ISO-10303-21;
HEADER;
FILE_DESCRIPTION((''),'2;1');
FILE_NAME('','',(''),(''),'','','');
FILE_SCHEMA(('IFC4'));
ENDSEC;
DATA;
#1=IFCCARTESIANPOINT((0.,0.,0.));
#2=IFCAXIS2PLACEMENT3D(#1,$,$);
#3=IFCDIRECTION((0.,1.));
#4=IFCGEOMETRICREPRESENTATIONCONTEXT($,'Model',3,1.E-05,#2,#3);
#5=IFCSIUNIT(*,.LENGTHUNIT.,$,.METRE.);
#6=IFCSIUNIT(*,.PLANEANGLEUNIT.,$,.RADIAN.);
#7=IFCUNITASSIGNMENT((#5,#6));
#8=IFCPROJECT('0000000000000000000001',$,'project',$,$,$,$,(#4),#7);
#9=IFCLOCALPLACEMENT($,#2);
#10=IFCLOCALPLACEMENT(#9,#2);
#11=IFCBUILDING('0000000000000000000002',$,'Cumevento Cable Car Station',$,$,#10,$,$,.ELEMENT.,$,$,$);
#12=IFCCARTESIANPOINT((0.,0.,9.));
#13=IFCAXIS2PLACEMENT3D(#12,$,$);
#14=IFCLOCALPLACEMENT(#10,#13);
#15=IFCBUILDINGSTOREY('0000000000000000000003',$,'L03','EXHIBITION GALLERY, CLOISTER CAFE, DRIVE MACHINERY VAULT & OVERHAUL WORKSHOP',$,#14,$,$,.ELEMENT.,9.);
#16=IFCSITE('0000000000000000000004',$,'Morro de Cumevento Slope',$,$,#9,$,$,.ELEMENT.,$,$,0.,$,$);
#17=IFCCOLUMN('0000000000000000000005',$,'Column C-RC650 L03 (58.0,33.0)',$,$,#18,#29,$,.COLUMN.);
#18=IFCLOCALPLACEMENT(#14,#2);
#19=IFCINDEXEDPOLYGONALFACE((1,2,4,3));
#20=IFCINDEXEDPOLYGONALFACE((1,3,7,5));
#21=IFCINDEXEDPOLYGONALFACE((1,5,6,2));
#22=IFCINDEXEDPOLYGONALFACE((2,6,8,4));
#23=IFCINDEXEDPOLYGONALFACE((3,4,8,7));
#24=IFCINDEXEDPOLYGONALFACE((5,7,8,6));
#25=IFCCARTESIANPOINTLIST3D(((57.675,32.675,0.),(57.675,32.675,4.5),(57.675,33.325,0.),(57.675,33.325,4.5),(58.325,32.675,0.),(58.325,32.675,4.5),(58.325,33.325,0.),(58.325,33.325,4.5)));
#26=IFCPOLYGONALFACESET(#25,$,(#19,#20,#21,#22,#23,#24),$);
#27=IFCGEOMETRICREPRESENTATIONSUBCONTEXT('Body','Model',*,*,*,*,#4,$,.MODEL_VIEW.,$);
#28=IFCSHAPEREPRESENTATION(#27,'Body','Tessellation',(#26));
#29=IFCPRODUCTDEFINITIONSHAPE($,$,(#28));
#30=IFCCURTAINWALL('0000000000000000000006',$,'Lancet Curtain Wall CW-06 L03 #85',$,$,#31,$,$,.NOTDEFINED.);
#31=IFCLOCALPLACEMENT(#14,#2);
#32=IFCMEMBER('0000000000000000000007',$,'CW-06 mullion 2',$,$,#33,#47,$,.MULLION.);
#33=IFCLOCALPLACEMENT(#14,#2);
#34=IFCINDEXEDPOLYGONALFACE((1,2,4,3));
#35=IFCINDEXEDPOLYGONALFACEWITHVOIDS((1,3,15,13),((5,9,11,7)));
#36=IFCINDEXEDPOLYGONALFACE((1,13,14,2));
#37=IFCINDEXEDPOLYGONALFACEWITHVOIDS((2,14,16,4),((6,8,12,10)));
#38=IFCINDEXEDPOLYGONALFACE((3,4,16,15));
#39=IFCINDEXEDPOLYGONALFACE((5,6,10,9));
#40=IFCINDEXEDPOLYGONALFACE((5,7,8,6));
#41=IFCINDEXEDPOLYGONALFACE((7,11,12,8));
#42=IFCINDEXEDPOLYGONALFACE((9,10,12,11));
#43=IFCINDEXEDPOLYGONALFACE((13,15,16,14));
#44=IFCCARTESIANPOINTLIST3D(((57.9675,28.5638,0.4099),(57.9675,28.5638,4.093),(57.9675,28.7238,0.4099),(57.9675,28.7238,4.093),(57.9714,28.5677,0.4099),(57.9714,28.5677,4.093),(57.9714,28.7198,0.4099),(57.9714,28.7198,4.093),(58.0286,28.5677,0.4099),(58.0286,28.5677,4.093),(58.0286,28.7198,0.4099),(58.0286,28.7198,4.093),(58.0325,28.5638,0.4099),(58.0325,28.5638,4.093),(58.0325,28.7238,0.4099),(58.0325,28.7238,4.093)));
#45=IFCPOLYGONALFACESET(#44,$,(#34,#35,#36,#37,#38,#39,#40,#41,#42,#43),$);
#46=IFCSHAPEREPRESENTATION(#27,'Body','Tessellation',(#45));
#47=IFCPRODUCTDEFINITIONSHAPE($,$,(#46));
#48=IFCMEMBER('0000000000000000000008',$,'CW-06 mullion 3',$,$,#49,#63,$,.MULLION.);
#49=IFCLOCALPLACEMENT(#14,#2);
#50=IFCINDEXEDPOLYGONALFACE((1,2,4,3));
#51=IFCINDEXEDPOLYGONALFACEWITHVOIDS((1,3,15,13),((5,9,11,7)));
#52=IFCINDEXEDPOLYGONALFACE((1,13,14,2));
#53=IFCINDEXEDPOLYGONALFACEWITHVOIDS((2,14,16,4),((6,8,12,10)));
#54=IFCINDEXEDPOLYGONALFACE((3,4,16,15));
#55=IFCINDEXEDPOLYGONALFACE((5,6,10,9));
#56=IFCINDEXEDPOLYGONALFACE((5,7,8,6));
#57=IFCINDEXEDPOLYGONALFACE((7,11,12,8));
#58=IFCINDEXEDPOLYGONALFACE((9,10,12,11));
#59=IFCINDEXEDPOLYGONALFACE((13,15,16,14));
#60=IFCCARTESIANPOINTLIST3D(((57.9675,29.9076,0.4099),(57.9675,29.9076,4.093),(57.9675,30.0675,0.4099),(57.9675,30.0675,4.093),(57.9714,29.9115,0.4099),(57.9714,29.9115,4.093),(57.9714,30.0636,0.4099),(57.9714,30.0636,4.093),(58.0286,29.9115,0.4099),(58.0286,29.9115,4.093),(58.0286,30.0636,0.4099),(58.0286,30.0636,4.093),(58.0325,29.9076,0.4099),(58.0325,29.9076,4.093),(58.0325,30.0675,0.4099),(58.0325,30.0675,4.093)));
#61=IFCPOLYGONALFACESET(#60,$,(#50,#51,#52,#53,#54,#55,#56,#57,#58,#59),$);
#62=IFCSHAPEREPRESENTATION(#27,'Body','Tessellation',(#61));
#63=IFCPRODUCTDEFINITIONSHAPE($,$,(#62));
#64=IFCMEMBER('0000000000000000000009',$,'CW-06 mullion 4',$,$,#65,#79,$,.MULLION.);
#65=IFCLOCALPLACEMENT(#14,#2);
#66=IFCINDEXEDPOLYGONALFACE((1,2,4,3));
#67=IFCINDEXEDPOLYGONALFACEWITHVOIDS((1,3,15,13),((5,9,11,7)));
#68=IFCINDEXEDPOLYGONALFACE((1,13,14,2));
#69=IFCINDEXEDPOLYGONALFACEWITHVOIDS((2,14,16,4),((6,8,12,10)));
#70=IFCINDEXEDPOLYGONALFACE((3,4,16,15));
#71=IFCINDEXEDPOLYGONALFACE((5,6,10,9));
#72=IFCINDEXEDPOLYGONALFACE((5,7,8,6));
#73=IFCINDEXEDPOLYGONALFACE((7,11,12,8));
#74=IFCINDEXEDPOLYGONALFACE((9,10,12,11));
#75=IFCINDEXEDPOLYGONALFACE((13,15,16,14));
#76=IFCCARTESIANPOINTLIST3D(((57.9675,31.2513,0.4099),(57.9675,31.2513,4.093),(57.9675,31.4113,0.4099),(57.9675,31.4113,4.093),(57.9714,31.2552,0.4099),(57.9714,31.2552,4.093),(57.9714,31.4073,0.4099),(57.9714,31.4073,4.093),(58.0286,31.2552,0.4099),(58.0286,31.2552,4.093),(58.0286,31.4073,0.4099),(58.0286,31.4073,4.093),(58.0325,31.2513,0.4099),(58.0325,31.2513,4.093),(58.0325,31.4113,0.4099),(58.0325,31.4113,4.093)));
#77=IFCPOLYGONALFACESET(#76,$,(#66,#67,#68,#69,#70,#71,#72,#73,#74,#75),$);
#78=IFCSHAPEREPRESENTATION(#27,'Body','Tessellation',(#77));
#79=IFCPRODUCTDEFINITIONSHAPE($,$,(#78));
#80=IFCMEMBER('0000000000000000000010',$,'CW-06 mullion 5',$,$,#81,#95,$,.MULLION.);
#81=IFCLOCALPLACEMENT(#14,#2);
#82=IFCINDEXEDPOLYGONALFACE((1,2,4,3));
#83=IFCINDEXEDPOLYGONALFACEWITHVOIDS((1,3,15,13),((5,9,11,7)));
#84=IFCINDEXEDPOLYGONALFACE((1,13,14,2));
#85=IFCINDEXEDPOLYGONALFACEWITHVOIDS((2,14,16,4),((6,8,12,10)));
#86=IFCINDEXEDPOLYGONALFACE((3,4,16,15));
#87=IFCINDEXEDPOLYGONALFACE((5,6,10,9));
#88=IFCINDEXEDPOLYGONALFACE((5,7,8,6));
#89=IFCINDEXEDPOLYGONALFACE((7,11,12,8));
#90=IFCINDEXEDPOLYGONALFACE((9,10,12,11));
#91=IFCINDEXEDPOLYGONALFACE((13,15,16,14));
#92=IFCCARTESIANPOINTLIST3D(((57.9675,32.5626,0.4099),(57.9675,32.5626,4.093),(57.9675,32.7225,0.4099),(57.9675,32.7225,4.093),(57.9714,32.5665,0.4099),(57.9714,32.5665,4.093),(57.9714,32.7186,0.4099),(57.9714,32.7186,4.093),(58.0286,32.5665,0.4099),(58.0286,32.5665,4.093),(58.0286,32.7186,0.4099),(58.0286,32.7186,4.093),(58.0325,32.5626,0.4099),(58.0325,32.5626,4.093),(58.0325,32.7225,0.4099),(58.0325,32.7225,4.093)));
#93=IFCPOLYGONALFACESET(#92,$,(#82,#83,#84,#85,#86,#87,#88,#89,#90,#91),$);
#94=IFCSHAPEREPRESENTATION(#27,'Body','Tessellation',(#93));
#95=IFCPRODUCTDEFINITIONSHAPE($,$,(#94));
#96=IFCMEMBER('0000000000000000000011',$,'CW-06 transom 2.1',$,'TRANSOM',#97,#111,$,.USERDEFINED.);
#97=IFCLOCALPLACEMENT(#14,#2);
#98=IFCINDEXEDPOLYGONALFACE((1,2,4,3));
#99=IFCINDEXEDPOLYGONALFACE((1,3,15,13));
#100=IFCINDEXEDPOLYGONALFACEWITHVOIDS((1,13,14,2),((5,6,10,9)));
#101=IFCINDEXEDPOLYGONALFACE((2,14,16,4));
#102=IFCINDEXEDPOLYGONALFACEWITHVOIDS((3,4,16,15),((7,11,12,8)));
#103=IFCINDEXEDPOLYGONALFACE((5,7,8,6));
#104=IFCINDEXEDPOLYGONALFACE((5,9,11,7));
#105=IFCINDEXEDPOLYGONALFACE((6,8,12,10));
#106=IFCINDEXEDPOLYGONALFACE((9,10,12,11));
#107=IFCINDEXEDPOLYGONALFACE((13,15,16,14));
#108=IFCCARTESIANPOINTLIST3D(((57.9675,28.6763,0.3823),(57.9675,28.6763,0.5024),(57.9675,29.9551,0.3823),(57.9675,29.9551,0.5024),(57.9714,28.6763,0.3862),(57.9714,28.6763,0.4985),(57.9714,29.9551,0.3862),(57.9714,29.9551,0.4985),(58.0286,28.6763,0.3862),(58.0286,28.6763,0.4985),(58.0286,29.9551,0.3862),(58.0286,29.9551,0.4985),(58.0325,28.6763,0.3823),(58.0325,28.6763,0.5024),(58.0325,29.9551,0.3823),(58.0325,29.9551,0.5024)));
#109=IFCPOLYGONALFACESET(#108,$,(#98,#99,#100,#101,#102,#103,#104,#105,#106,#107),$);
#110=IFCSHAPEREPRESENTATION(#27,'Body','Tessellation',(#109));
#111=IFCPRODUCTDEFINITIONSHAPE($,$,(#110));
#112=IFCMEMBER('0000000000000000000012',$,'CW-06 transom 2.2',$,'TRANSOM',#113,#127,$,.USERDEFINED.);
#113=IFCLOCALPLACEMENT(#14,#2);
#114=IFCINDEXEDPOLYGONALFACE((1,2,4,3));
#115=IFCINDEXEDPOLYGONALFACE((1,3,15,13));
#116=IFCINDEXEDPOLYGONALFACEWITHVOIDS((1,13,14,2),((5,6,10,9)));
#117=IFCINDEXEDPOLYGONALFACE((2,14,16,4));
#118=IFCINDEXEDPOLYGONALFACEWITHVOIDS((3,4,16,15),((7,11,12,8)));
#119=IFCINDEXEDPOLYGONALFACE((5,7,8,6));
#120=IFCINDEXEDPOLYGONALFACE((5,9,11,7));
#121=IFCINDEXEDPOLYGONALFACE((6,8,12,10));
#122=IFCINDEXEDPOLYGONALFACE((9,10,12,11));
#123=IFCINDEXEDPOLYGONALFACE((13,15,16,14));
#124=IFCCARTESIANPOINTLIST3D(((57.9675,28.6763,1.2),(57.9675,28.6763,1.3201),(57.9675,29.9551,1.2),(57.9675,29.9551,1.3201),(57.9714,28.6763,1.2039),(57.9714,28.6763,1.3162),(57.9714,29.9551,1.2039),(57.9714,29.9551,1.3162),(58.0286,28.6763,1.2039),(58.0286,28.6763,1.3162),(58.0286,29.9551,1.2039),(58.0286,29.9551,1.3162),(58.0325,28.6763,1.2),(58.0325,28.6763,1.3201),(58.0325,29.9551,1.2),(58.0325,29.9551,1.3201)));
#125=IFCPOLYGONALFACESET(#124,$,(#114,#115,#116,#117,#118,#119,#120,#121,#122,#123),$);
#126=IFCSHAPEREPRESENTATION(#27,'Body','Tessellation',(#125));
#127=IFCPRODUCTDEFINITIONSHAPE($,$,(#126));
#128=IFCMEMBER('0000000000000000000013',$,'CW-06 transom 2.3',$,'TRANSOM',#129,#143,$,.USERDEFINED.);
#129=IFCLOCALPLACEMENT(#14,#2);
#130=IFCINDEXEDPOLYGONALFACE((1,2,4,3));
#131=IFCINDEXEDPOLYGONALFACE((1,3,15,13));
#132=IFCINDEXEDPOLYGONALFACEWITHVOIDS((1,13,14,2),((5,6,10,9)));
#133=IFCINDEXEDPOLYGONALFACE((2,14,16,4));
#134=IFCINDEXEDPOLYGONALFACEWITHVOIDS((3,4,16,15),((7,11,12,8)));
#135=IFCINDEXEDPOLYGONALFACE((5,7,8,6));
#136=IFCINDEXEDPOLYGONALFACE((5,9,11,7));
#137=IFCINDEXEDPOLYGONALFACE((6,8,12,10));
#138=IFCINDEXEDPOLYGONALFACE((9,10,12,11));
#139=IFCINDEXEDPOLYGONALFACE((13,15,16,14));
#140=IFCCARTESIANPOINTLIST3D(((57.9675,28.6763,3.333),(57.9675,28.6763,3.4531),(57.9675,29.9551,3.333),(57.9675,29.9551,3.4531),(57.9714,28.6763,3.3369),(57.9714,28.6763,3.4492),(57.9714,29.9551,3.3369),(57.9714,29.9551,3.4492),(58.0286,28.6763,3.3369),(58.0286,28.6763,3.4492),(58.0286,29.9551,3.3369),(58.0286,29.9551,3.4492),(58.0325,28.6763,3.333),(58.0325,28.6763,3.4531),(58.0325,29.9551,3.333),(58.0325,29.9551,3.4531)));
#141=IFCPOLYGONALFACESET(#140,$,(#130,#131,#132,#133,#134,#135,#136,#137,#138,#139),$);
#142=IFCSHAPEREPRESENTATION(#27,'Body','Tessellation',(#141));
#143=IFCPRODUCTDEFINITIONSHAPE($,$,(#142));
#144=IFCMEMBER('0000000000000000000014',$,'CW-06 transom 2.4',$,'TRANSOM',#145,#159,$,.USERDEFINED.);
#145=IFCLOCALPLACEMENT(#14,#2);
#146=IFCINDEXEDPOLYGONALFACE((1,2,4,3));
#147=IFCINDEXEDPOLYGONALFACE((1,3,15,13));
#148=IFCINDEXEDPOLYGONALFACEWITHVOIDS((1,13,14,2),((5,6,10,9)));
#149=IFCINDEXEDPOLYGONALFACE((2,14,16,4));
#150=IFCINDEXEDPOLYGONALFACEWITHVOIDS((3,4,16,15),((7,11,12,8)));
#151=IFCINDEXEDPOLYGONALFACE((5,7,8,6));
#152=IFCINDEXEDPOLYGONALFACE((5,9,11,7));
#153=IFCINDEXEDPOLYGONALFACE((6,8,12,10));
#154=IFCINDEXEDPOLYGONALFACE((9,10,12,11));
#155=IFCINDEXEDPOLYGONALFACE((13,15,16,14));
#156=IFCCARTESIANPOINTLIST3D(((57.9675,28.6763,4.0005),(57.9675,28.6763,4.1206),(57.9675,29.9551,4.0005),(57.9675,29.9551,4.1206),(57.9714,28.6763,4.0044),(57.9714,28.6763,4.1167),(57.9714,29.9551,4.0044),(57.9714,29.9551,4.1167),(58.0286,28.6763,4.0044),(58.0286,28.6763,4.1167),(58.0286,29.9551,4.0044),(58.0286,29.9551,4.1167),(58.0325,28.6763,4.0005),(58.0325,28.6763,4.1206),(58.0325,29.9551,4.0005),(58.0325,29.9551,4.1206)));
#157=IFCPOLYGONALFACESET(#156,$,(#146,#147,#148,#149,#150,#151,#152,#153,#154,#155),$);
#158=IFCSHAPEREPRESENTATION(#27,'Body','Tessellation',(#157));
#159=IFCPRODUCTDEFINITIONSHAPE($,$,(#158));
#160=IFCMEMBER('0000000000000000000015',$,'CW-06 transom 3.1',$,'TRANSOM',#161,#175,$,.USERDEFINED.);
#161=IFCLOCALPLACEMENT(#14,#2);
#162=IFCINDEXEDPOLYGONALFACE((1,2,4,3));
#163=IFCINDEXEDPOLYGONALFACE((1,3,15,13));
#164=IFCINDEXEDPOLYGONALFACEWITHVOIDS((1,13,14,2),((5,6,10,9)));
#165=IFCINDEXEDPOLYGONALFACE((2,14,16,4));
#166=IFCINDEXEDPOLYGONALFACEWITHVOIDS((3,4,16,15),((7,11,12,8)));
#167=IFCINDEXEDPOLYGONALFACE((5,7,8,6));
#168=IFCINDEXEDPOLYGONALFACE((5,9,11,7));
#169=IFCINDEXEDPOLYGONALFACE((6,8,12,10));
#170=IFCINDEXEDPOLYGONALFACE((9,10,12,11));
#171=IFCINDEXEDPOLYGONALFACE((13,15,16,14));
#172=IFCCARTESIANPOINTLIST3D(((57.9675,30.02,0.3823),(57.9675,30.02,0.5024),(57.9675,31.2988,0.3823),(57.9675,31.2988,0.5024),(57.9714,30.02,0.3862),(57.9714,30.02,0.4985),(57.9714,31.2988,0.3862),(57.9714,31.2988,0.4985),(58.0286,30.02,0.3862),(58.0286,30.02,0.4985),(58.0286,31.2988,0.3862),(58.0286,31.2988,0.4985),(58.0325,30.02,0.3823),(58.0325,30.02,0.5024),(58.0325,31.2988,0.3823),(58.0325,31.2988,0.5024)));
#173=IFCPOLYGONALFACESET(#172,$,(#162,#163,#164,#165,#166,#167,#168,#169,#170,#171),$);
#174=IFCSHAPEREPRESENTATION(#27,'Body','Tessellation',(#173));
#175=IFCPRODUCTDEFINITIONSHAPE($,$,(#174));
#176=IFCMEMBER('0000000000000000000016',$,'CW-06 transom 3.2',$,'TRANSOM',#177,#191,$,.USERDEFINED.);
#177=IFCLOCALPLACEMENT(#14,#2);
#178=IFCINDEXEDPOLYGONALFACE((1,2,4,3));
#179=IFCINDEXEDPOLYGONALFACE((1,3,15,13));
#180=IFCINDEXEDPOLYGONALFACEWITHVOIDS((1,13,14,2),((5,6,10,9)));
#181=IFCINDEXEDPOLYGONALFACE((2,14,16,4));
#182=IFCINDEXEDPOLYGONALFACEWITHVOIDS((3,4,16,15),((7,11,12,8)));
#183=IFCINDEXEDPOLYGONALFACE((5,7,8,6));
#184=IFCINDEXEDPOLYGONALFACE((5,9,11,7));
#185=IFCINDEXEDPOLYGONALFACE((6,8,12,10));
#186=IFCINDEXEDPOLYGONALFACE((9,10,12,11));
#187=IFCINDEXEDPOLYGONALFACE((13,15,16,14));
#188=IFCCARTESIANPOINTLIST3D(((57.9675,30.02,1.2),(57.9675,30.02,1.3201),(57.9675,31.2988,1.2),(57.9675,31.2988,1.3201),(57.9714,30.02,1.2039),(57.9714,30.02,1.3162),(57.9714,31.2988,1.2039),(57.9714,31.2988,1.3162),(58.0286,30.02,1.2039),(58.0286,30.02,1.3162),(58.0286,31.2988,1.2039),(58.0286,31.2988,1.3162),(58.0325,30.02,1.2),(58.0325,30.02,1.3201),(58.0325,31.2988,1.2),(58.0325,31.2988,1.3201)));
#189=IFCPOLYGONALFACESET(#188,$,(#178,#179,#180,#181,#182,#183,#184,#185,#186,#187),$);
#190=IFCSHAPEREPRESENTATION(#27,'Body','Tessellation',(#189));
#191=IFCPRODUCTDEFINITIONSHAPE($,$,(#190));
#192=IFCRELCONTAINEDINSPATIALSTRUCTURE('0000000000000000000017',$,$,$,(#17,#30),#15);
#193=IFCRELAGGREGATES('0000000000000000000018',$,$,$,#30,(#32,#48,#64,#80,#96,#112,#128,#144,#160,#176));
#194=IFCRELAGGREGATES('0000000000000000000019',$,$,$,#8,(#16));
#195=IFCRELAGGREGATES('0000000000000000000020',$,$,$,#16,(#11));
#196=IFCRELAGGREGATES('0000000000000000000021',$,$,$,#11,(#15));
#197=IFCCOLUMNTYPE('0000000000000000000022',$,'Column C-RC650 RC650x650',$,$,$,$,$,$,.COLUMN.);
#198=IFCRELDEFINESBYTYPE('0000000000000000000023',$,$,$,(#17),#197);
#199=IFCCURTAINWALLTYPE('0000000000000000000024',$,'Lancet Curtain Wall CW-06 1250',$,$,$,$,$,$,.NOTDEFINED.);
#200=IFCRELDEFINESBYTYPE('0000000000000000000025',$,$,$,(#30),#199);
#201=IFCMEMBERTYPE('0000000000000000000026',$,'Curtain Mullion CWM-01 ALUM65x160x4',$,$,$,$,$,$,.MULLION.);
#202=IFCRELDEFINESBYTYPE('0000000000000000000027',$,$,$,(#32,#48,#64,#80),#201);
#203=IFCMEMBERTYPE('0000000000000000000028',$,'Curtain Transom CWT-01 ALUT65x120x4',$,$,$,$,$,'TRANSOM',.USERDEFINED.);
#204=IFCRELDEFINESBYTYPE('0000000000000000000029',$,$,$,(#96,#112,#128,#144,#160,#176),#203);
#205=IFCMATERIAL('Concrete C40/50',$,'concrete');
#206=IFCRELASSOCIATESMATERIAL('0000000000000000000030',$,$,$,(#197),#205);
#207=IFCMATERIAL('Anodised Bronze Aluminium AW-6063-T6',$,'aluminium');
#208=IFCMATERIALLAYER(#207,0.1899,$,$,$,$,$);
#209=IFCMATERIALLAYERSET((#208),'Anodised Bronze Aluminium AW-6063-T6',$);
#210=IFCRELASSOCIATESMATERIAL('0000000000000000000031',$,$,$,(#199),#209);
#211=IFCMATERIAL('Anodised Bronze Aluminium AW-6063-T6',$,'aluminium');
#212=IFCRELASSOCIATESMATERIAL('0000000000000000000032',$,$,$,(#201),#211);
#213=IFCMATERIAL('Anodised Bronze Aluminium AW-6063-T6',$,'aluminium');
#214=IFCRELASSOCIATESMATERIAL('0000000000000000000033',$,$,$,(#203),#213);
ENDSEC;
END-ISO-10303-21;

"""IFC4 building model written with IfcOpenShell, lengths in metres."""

from ifc_helpers import new_model, si_unit, direction, frame, origin, origin_2d, place, context, subcontext, project, spatial, rectangle, hollow_rectangle, extrude, material, layer, layer_set, material_profile, profile_set, type_object, element, aggregate, save


model = new_model("IFC4")

# Units and contexts
model_context = context("Model", 3, precision=1e-05, world=origin(), true_north=direction((0.0, 1.0)))
body_context = subcontext(model_context, "Body", "Model", "MODEL_VIEW")
ifc_project = project(units=[si_unit("LENGTHUNIT", "METRE"), si_unit("PLANEANGLEUNIT", "RADIAN")], contexts=[model_context])

# Site, building, storey
site_placement = place(None, origin())
site = spatial("IfcSite", under=ifc_project, at=site_placement, Name="Morro de Cumevento Slope", CompositionType="ELEMENT", RefElevation=0.0)
building_placement = place(site_placement, origin())
building = spatial("IfcBuilding", under=site, at=building_placement, Name="Cumevento Cable Car Station", CompositionType="ELEMENT")
storey_placement = place(building_placement, frame((0.0, 0.0, 9.0)))
storey = spatial("IfcBuildingStorey", under=building, at=storey_placement, Name="L03", Description="EXHIBITION GALLERY, CLOISTER CAFE, DRIVE MACHINERY VAULT & OVERHAUL WORKSHOP", CompositionType="ELEMENT", Elevation=9.0)

# Column
ifc_material_1 = material(Name="Concrete C40/50", Category="concrete")
ifc_material_profile_1 = material_profile(ifc_material_1, rectangle(XDim=0.6499, YDim=0.6499, at=origin_2d()), Name="RC650x650")
ifc_profile_set_1 = profile_set([ifc_material_profile_1], Name="Concrete C40/50")
column_type = type_object("IfcColumnType", Name="Column C-RC650 RC650x650", PredefinedType="COLUMN", material=ifc_profile_set_1)
column_placement = place(storey_placement, frame((58.0, 33.0, 0.0), z_axis=(0.0, 0.0, 1.0), x_axis=(1.0, 0.0, 0.0)))
element("IfcColumn", 1, at=column_placement, inside=storey, type_object=column_type, Name="Column C-RC650 L03 (58.0,33.0)", PredefinedType="COLUMN", context=body_context, shape_type="SweptSolid", body=[
    extrude(rectangle(XDim=0.6499, YDim=0.6499, at=origin_2d()), origin(), (0.0, 0.0, 1.0), 4.5),
])

# Curtain wall, members
ifc_material_2 = material(Name="Anodised Bronze Aluminium AW-6063-T6", Category="aluminium")
ifc_layer_1 = layer(ifc_material_2, 0.1899)
ifc_layer_set_1 = layer_set([ifc_layer_1], Name="Anodised Bronze Aluminium AW-6063-T6")
curtain_wall_type = type_object("IfcCurtainWallType", Name="Lancet Curtain Wall CW-06 1250", PredefinedType="NOTDEFINED", material=ifc_layer_set_1)
curtain_wall_placement = place(storey_placement, origin())
curtain_wall = element("IfcCurtainWall", 2, at=curtain_wall_placement, inside=storey, type_object=curtain_wall_type, Name="Lancet Curtain Wall CW-06 L03 #85", PredefinedType="NOTDEFINED")
ifc_material_3 = material(Name="Anodised Bronze Aluminium AW-6063-T6", Category="aluminium")
ifc_material_profile_2 = material_profile(ifc_material_3, hollow_rectangle(XDim=0.0649, YDim=0.1599, WallThickness=0.0039, at=origin_2d()), Name="ALUM65x160x4")
ifc_profile_set_2 = profile_set([ifc_material_profile_2], Name="Anodised Bronze Aluminium AW-6063-T6")
member_type_1 = type_object("IfcMemberType", Name="Curtain Mullion CWM-01 ALUM65x160x4", PredefinedType="MULLION", material=ifc_profile_set_2)
member_1_placement = place(storey_placement, frame((58.0, 28.6438, 0.4099), z_axis=(0.0, 0.0, 1.0), x_axis=(-1.0, 0.0, 0.0)))
member_1 = element("IfcMember", 3, at=member_1_placement, type_object=member_type_1, Name="CW-06 mullion 2", PredefinedType="MULLION", context=body_context, shape_type="SweptSolid", body=[
    extrude(hollow_rectangle(XDim=0.0649, YDim=0.1599, WallThickness=0.0039, at=origin_2d()), origin(), (0.0, 0.0, 1.0), 3.6831),
])
member_2_placement = place(storey_placement, frame((58.0, 29.9875, 0.4099), z_axis=(0.0, 0.0, 1.0), x_axis=(-1.0, 0.0, 0.0)))
member_2 = element("IfcMember", 4, at=member_2_placement, type_object=member_type_1, Name="CW-06 mullion 3", PredefinedType="MULLION", context=body_context, shape_type="SweptSolid", body=[
    extrude(hollow_rectangle(XDim=0.0649, YDim=0.1599, WallThickness=0.0039, at=origin_2d()), origin(), (0.0, 0.0, 1.0), 3.6831),
])
member_3_placement = place(storey_placement, frame((58.0, 31.3313, 0.4099), z_axis=(0.0, 0.0, 1.0), x_axis=(-1.0, 0.0, 0.0)))
member_3 = element("IfcMember", 5, at=member_3_placement, type_object=member_type_1, Name="CW-06 mullion 4", PredefinedType="MULLION", context=body_context, shape_type="SweptSolid", body=[
    extrude(hollow_rectangle(XDim=0.0649, YDim=0.1599, WallThickness=0.0039, at=origin_2d()), origin(), (0.0, 0.0, 1.0), 3.6831),
])
member_4_placement = place(storey_placement, frame((58.0, 32.6426, 0.4099), z_axis=(0.0, 0.0, 1.0), x_axis=(-1.0, 0.0, 0.0)))
member_4 = element("IfcMember", 6, at=member_4_placement, type_object=member_type_1, Name="CW-06 mullion 5", PredefinedType="MULLION", context=body_context, shape_type="SweptSolid", body=[
    extrude(hollow_rectangle(XDim=0.0649, YDim=0.1599, WallThickness=0.0039, at=origin_2d()), origin(), (0.0, 0.0, 1.0), 3.6831),
])
ifc_material_4 = material(Name="Anodised Bronze Aluminium AW-6063-T6", Category="aluminium")
ifc_material_profile_3 = material_profile(ifc_material_4, hollow_rectangle(XDim=0.0649, YDim=0.1201, WallThickness=0.0039, at=origin_2d()), Name="ALUT65x120x4")
ifc_profile_set_3 = profile_set([ifc_material_profile_3], Name="Anodised Bronze Aluminium AW-6063-T6")
member_type_2 = type_object("IfcMemberType", Name="Curtain Transom CWT-01 ALUT65x120x4", ElementType="TRANSOM", PredefinedType="USERDEFINED", material=ifc_profile_set_3)
member_5_placement = place(storey_placement, frame((58.0, 28.6763, 0.4424), z_axis=(0.0, 1.0, 0.0), x_axis=(-1.0, 0.0, 0.0)))
member_5 = element("IfcMember", 7, at=member_5_placement, type_object=member_type_2, Name="CW-06 transom 2.1", ObjectType="TRANSOM", PredefinedType="USERDEFINED", context=body_context, shape_type="SweptSolid", body=[
    extrude(hollow_rectangle(XDim=0.0649, YDim=0.1201, WallThickness=0.0039, at=origin_2d()), origin(), (0.0, 0.0, 1.0), 1.2788),
])
member_6_placement = place(storey_placement, frame((58.0, 28.6763, 1.26), z_axis=(0.0, 1.0, 0.0), x_axis=(-1.0, 0.0, 0.0)))
member_6 = element("IfcMember", 8, at=member_6_placement, type_object=member_type_2, Name="CW-06 transom 2.2", ObjectType="TRANSOM", PredefinedType="USERDEFINED", context=body_context, shape_type="SweptSolid", body=[
    extrude(hollow_rectangle(XDim=0.0649, YDim=0.1201, WallThickness=0.0039, at=origin_2d()), origin(), (0.0, 0.0, 1.0), 1.2788),
])
member_7_placement = place(storey_placement, frame((58.0, 28.6763, 3.3931), z_axis=(0.0, 1.0, 0.0), x_axis=(-1.0, 0.0, 0.0)))
member_7 = element("IfcMember", 9, at=member_7_placement, type_object=member_type_2, Name="CW-06 transom 2.3", ObjectType="TRANSOM", PredefinedType="USERDEFINED", context=body_context, shape_type="SweptSolid", body=[
    extrude(hollow_rectangle(XDim=0.0649, YDim=0.1201, WallThickness=0.0039, at=origin_2d()), origin(), (0.0, 0.0, 1.0), 1.2788),
])
member_8_placement = place(storey_placement, frame((58.0, 28.6763, 4.0605), z_axis=(0.0, 1.0, 0.0), x_axis=(-1.0, 0.0, 0.0)))
member_8 = element("IfcMember", 10, at=member_8_placement, type_object=member_type_2, Name="CW-06 transom 2.4", ObjectType="TRANSOM", PredefinedType="USERDEFINED", context=body_context, shape_type="SweptSolid", body=[
    extrude(hollow_rectangle(XDim=0.0649, YDim=0.1201, WallThickness=0.0039, at=origin_2d()), origin(), (0.0, 0.0, 1.0), 1.2788),
])
member_9_placement = place(storey_placement, frame((58.0, 30.02, 0.4424), z_axis=(0.0, 1.0, 0.0), x_axis=(-1.0, 0.0, 0.0)))
member_9 = element("IfcMember", 11, at=member_9_placement, type_object=member_type_2, Name="CW-06 transom 3.1", ObjectType="TRANSOM", PredefinedType="USERDEFINED", context=body_context, shape_type="SweptSolid", body=[
    extrude(hollow_rectangle(XDim=0.0649, YDim=0.1201, WallThickness=0.0039, at=origin_2d()), origin(), (0.0, 0.0, 1.0), 1.2788),
])
member_10_placement = place(storey_placement, frame((58.0, 30.02, 1.26), z_axis=(0.0, 1.0, 0.0), x_axis=(-1.0, 0.0, 0.0)))
member_10 = element("IfcMember", 12, at=member_10_placement, type_object=member_type_2, Name="CW-06 transom 3.2", ObjectType="TRANSOM", PredefinedType="USERDEFINED", context=body_context, shape_type="SweptSolid", body=[
    extrude(hollow_rectangle(XDim=0.0649, YDim=0.1201, WallThickness=0.0039, at=origin_2d()), origin(), (0.0, 0.0, 1.0), 1.2788),
])

aggregate(curtain_wall, [member_1, member_2, member_3, member_4, member_5, member_6, member_7, member_8, member_9, member_10])

save(model, "model.ifc")
